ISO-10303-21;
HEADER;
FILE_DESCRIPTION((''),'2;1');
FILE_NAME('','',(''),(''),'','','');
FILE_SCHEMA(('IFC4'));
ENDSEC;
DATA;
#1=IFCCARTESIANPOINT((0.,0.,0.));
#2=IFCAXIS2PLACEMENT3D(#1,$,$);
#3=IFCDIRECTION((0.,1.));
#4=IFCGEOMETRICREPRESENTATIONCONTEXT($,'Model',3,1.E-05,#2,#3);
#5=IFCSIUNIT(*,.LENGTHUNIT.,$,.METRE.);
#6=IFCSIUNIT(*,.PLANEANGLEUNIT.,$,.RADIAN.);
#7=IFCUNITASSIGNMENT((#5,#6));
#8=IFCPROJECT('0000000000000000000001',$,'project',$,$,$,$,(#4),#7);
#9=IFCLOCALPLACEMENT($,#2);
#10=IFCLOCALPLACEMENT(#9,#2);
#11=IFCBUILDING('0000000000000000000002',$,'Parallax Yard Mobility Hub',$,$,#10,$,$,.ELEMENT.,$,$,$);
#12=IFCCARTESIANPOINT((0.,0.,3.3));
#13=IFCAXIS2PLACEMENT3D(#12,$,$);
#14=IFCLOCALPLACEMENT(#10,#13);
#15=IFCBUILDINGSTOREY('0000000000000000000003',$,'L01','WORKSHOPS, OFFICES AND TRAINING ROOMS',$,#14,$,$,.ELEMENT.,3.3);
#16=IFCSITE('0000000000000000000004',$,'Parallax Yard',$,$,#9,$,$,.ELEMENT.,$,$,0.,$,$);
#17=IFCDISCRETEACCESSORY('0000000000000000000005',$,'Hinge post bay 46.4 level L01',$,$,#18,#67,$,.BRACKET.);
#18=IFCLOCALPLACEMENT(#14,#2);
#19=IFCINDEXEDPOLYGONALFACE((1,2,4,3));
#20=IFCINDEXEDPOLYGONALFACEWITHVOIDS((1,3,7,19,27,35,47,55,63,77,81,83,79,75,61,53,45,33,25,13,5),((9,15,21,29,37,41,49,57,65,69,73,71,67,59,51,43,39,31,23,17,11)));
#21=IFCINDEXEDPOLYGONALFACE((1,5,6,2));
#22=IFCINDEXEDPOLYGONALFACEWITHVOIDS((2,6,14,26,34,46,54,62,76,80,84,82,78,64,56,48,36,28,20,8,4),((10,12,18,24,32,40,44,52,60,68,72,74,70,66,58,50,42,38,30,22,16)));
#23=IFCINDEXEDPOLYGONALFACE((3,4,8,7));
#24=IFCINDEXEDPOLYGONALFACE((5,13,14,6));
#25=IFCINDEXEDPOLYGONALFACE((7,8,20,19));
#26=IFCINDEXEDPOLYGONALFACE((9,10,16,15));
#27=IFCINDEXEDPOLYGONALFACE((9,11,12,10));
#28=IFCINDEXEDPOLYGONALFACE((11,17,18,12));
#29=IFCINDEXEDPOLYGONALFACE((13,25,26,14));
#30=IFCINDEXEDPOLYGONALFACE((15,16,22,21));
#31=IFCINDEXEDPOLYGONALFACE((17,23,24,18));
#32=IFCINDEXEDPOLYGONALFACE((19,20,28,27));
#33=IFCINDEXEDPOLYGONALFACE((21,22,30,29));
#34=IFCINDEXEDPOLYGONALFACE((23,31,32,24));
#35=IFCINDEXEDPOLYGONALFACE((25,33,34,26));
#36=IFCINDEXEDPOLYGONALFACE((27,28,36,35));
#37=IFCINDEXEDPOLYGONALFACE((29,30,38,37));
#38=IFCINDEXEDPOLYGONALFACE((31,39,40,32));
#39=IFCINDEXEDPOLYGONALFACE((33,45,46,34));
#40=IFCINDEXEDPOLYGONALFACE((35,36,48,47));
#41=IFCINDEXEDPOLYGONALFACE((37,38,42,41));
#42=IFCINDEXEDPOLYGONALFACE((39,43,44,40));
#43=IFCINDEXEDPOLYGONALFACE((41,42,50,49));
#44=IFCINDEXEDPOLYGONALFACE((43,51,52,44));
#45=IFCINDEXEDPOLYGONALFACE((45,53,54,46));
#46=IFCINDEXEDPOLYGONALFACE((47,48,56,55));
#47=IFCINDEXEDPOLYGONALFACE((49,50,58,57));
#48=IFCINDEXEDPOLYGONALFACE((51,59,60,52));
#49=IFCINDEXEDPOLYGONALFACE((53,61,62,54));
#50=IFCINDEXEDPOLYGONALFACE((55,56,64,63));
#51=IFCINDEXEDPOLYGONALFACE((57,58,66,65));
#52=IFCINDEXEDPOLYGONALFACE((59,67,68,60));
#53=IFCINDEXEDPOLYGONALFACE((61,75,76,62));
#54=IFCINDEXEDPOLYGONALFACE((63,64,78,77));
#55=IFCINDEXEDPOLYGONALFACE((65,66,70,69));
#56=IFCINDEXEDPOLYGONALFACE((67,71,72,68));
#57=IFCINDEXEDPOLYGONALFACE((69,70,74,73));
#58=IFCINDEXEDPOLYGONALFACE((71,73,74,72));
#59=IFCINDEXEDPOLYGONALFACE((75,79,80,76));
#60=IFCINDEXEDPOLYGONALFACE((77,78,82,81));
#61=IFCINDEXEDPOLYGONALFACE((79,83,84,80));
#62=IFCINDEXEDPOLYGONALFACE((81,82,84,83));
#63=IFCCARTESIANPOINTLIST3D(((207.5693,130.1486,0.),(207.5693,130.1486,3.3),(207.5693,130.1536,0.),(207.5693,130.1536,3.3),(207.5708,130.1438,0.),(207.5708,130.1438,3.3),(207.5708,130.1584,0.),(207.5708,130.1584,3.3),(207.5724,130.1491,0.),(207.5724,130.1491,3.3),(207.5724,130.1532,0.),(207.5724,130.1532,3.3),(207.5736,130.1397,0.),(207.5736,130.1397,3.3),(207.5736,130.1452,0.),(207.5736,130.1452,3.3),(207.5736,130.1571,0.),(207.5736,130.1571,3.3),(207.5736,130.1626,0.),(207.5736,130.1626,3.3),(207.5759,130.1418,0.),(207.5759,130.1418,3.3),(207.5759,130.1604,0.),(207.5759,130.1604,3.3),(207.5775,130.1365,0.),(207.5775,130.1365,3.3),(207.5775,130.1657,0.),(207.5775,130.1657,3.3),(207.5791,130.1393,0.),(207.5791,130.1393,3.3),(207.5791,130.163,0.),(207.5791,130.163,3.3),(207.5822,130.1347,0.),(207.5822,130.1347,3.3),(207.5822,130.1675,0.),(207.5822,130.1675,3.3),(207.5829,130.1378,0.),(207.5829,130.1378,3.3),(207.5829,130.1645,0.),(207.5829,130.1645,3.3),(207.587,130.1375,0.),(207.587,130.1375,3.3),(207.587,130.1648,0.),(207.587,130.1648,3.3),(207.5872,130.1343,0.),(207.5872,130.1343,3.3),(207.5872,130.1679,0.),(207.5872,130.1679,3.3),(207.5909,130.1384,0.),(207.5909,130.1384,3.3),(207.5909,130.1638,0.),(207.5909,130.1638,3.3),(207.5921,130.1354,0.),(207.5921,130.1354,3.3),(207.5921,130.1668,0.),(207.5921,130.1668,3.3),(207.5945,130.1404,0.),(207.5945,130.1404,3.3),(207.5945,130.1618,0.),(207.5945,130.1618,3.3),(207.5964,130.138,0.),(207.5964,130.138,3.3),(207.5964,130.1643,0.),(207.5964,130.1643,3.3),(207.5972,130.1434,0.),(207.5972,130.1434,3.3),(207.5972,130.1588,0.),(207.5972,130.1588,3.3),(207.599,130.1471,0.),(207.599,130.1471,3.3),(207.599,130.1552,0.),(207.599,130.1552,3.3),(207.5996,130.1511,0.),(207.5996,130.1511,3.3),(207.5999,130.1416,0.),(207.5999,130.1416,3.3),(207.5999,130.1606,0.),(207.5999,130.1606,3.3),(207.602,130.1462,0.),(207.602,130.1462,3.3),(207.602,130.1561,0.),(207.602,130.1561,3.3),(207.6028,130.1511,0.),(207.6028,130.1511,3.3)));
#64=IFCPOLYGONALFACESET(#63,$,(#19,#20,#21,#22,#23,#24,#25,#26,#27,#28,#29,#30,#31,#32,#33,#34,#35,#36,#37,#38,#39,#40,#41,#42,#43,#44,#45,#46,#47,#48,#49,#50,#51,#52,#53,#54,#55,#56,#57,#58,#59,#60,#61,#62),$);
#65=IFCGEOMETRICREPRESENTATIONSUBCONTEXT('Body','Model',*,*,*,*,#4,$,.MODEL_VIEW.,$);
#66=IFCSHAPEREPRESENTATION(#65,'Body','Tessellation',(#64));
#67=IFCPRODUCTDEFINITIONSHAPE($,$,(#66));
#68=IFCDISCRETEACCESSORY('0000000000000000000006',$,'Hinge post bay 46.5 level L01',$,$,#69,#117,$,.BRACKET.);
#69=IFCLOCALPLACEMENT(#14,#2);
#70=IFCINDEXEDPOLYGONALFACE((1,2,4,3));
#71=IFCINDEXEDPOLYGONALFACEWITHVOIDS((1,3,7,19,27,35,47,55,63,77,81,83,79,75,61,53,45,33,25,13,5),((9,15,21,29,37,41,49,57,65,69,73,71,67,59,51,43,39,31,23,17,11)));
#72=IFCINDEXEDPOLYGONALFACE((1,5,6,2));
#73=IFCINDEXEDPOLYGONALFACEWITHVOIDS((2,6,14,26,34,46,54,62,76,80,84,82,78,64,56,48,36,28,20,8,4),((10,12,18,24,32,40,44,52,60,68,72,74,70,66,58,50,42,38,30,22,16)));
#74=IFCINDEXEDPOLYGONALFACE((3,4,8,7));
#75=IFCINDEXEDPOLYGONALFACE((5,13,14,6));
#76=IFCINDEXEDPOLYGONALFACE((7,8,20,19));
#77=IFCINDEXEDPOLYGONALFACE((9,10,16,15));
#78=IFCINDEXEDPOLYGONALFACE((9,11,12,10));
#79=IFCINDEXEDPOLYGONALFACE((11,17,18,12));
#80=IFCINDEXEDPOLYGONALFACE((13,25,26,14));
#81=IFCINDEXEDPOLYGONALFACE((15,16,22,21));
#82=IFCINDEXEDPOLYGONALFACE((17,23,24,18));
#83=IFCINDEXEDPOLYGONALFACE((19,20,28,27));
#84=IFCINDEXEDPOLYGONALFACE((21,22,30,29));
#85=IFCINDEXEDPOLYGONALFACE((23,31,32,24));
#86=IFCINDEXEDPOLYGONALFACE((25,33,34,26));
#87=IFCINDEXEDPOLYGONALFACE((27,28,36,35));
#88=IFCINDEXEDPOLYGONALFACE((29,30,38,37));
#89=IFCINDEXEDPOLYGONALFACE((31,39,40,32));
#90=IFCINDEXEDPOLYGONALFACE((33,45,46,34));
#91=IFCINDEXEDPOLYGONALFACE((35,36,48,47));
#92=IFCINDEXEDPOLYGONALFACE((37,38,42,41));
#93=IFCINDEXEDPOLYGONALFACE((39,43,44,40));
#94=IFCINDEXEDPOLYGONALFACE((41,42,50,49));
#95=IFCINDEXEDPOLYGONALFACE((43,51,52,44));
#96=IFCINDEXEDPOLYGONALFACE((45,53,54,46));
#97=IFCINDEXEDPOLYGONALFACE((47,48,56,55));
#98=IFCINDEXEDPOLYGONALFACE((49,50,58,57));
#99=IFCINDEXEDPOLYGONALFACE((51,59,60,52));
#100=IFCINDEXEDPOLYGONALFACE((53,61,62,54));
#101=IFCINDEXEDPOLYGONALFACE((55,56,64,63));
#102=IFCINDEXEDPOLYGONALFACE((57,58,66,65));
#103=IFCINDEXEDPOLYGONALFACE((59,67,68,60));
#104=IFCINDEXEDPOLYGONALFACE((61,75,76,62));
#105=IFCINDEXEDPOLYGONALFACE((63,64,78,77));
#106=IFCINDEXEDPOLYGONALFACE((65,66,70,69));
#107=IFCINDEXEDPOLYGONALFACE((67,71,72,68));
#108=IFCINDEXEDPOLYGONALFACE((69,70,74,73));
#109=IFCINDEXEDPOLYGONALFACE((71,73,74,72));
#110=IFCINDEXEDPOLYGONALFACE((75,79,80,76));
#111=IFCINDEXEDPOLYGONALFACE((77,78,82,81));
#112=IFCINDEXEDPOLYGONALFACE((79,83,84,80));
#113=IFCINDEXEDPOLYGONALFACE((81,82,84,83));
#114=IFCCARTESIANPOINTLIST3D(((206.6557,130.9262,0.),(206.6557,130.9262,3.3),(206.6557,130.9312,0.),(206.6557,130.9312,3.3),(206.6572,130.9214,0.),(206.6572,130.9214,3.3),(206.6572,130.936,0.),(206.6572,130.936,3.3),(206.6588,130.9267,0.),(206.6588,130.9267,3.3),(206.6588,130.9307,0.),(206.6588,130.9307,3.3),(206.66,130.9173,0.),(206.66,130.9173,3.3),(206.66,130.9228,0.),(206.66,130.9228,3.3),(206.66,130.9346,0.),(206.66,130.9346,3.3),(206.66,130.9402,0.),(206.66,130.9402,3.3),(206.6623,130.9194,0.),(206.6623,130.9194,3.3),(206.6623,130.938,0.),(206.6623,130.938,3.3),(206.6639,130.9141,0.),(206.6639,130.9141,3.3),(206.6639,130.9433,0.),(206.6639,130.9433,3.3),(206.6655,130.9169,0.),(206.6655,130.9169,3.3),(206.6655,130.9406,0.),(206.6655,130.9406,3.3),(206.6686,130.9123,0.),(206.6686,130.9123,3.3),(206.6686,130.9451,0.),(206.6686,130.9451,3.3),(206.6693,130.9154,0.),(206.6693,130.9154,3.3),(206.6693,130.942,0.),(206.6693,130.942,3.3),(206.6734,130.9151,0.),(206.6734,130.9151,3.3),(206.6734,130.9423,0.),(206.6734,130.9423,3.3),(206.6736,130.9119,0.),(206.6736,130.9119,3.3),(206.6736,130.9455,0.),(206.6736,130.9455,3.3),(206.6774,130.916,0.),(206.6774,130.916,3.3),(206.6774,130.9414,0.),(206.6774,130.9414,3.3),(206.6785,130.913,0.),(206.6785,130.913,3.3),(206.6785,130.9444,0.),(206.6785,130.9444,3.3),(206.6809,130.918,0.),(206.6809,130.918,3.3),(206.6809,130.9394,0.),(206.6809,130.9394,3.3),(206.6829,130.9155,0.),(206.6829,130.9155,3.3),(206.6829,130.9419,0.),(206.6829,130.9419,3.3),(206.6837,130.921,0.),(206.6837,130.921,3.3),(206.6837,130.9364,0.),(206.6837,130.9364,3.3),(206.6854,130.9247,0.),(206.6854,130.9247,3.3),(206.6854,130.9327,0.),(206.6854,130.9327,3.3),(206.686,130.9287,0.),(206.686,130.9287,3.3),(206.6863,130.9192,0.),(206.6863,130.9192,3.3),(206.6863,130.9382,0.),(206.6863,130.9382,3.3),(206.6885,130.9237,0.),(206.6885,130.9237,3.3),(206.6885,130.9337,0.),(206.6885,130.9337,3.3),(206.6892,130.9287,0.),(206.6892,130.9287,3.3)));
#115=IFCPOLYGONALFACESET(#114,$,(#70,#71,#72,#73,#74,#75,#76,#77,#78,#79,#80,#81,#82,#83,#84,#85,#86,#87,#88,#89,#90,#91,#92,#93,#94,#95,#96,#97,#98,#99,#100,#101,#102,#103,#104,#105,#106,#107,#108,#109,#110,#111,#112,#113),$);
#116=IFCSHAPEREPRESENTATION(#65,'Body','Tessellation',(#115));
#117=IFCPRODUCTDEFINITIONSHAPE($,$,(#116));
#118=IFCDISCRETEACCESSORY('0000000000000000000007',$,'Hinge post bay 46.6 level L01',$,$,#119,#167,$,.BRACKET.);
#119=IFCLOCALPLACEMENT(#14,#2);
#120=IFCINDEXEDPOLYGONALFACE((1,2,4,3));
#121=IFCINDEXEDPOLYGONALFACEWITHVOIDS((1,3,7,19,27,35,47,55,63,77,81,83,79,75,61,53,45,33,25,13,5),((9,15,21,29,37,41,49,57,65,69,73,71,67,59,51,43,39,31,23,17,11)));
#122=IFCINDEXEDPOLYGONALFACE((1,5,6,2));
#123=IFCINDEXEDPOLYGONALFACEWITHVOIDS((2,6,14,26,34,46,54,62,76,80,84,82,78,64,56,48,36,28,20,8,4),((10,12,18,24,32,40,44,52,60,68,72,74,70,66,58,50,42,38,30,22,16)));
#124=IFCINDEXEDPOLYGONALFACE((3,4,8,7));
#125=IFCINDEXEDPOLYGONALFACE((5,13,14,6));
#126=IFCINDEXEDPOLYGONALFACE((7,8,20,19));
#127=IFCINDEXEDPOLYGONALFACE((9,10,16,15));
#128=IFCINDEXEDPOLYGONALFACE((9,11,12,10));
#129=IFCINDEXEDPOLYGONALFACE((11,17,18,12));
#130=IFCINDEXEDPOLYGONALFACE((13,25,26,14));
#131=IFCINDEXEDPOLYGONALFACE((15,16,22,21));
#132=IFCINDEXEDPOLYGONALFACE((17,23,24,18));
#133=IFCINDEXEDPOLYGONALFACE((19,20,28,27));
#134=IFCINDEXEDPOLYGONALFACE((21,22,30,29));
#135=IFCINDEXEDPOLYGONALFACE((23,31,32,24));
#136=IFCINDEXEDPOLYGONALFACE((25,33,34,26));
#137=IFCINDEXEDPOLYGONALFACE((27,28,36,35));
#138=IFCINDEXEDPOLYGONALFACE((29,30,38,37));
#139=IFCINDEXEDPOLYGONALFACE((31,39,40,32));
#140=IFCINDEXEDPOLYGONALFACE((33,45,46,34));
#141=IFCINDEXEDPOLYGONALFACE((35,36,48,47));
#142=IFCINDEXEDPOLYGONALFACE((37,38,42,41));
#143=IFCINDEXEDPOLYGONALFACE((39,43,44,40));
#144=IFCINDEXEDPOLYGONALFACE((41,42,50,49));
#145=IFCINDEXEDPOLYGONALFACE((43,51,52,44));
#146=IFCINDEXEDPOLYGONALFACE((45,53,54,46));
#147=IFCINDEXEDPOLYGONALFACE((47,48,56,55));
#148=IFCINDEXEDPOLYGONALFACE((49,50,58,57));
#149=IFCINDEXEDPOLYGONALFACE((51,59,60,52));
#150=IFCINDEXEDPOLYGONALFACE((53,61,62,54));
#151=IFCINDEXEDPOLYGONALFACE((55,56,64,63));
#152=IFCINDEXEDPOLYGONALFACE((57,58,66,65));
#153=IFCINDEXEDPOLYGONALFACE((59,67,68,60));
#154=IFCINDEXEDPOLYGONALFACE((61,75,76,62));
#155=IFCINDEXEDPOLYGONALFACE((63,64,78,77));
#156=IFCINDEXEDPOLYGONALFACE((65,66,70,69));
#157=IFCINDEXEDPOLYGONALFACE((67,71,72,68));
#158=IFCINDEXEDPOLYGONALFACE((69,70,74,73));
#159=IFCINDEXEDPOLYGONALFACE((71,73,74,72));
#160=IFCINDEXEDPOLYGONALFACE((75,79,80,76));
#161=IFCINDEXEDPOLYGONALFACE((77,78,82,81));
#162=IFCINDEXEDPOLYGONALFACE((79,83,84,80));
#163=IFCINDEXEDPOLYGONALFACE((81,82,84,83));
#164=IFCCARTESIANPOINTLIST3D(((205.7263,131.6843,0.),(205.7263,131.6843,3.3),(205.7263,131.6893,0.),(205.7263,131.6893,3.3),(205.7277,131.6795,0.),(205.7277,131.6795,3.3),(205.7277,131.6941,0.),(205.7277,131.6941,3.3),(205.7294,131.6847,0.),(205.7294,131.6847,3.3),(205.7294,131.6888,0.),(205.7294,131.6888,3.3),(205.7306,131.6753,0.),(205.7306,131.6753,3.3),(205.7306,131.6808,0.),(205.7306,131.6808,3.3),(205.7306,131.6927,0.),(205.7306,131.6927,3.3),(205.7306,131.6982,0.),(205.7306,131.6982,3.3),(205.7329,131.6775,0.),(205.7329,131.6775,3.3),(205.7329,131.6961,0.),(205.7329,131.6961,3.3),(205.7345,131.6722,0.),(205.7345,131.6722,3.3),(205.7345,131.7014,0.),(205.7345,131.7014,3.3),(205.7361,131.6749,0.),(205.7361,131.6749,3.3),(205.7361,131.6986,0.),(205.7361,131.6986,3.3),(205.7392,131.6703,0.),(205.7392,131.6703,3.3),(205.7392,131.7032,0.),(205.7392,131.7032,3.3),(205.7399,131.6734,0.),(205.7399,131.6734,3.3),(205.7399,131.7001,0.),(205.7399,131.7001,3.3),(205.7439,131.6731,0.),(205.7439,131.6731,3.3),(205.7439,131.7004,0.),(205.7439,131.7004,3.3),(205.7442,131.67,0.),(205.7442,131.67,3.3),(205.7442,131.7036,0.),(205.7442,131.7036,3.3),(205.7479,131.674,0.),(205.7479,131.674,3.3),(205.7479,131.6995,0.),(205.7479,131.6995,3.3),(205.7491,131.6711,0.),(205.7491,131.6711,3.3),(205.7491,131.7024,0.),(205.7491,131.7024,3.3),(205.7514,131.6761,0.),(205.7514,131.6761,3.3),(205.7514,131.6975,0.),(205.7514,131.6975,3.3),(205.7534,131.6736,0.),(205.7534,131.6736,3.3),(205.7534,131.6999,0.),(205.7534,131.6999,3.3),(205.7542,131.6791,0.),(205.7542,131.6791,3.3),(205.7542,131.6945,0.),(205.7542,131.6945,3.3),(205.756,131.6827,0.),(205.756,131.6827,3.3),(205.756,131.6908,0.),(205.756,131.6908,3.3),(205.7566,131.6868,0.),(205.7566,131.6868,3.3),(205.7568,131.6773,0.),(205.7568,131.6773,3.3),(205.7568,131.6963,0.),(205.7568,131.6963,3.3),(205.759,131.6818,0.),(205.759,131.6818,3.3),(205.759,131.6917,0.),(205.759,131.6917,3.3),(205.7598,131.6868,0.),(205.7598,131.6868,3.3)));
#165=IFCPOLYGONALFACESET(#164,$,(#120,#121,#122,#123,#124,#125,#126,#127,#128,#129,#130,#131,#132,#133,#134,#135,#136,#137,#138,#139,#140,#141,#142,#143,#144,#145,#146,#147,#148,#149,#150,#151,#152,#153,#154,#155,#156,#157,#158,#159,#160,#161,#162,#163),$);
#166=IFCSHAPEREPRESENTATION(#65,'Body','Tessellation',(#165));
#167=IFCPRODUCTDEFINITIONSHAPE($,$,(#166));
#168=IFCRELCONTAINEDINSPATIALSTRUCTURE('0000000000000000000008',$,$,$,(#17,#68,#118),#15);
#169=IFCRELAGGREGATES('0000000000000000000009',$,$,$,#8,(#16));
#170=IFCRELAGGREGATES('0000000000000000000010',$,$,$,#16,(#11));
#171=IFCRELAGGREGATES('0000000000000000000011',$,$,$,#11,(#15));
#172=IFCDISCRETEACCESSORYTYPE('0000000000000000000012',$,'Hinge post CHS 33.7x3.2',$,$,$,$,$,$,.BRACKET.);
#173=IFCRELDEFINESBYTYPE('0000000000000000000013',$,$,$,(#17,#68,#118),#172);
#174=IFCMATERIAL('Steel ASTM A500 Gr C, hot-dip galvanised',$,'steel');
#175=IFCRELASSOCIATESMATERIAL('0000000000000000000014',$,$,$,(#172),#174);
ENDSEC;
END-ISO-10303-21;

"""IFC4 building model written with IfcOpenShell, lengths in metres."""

from ifc_helpers import new_model, si_unit, direction, frame, origin, origin_2d, place, context, subcontext, project, spatial, hollow_circle, extrude, material, material_profile, profile_set, type_object, element, save


model = new_model("IFC4")

# Units and contexts
model_context = context("Model", 3, precision=1e-05, world=origin(), true_north=direction((0.0, 1.0)))
body_context = subcontext(model_context, "Body", "Model", "MODEL_VIEW")
ifc_project = project(units=[si_unit("LENGTHUNIT", "METRE"), si_unit("PLANEANGLEUNIT", "RADIAN")], contexts=[model_context])

# Site, building, storey
site_placement = place(None, origin())
site = spatial("IfcSite", under=ifc_project, at=site_placement, Name="Parallax Yard", CompositionType="ELEMENT", RefElevation=0.0)
building_placement = place(site_placement, origin())
building = spatial("IfcBuilding", under=site, at=building_placement, Name="Parallax Yard Mobility Hub", CompositionType="ELEMENT")
storey_placement = place(building_placement, frame((0.0, 0.0, 3.3)))
storey = spatial("IfcBuildingStorey", under=building, at=storey_placement, Name="L01", Description="WORKSHOPS, OFFICES AND TRAINING ROOMS", CompositionType="ELEMENT", Elevation=3.3)

# Discrete accessories
ifc_material_1 = material(Name="Steel ASTM A500 Gr C, hot-dip galvanised", Category="steel")
ifc_material_profile_1 = material_profile(ifc_material_1, hollow_circle(Radius=0.0168, WallThickness=0.0032, at=origin_2d()), Name="CHS 33.7x3.2")
ifc_profile_set_1 = profile_set([ifc_material_profile_1], Name="Steel ASTM A500 Gr C, hot-dip galvanised")
discrete_accessory_type_1 = type_object("IfcDiscreteAccessoryType", Name="Hinge post CHS 33.7x3.2", PredefinedType="BRACKET", material=ifc_profile_set_1)
for number, where, z_axis, x_axis, name in (
    (1, (207.5859, 130.1511, 0.0), (0.0, 0.0, 1.0), (1.0, 0.0, 0.0), "Hinge post bay 46.4 level L01"),
    (2, (206.6724, 130.9287, 0.0), (0.0, 0.0, 1.0), (1.0, 0.0, 0.0), "Hinge post bay 46.5 level L01"),
    (3, (205.7429, 131.6868, 0.0), (0.0, 0.0, 1.0), (1.0, 0.0, 0.0), "Hinge post bay 46.6 level L01"),
):
    element("IfcDiscreteAccessory", number, at=place(storey_placement, frame(where, z_axis=z_axis, x_axis=x_axis)), inside=storey, type_object=discrete_accessory_type_1, Name=name, PredefinedType="BRACKET", context=body_context, shape_type="SweptSolid", body=[
        extrude(hollow_circle(Radius=0.0168, WallThickness=0.0032, at=origin_2d()), origin(), (0.0, 0.0, 1.0), 3.3),
    ])

save(model, "model.ifc")
